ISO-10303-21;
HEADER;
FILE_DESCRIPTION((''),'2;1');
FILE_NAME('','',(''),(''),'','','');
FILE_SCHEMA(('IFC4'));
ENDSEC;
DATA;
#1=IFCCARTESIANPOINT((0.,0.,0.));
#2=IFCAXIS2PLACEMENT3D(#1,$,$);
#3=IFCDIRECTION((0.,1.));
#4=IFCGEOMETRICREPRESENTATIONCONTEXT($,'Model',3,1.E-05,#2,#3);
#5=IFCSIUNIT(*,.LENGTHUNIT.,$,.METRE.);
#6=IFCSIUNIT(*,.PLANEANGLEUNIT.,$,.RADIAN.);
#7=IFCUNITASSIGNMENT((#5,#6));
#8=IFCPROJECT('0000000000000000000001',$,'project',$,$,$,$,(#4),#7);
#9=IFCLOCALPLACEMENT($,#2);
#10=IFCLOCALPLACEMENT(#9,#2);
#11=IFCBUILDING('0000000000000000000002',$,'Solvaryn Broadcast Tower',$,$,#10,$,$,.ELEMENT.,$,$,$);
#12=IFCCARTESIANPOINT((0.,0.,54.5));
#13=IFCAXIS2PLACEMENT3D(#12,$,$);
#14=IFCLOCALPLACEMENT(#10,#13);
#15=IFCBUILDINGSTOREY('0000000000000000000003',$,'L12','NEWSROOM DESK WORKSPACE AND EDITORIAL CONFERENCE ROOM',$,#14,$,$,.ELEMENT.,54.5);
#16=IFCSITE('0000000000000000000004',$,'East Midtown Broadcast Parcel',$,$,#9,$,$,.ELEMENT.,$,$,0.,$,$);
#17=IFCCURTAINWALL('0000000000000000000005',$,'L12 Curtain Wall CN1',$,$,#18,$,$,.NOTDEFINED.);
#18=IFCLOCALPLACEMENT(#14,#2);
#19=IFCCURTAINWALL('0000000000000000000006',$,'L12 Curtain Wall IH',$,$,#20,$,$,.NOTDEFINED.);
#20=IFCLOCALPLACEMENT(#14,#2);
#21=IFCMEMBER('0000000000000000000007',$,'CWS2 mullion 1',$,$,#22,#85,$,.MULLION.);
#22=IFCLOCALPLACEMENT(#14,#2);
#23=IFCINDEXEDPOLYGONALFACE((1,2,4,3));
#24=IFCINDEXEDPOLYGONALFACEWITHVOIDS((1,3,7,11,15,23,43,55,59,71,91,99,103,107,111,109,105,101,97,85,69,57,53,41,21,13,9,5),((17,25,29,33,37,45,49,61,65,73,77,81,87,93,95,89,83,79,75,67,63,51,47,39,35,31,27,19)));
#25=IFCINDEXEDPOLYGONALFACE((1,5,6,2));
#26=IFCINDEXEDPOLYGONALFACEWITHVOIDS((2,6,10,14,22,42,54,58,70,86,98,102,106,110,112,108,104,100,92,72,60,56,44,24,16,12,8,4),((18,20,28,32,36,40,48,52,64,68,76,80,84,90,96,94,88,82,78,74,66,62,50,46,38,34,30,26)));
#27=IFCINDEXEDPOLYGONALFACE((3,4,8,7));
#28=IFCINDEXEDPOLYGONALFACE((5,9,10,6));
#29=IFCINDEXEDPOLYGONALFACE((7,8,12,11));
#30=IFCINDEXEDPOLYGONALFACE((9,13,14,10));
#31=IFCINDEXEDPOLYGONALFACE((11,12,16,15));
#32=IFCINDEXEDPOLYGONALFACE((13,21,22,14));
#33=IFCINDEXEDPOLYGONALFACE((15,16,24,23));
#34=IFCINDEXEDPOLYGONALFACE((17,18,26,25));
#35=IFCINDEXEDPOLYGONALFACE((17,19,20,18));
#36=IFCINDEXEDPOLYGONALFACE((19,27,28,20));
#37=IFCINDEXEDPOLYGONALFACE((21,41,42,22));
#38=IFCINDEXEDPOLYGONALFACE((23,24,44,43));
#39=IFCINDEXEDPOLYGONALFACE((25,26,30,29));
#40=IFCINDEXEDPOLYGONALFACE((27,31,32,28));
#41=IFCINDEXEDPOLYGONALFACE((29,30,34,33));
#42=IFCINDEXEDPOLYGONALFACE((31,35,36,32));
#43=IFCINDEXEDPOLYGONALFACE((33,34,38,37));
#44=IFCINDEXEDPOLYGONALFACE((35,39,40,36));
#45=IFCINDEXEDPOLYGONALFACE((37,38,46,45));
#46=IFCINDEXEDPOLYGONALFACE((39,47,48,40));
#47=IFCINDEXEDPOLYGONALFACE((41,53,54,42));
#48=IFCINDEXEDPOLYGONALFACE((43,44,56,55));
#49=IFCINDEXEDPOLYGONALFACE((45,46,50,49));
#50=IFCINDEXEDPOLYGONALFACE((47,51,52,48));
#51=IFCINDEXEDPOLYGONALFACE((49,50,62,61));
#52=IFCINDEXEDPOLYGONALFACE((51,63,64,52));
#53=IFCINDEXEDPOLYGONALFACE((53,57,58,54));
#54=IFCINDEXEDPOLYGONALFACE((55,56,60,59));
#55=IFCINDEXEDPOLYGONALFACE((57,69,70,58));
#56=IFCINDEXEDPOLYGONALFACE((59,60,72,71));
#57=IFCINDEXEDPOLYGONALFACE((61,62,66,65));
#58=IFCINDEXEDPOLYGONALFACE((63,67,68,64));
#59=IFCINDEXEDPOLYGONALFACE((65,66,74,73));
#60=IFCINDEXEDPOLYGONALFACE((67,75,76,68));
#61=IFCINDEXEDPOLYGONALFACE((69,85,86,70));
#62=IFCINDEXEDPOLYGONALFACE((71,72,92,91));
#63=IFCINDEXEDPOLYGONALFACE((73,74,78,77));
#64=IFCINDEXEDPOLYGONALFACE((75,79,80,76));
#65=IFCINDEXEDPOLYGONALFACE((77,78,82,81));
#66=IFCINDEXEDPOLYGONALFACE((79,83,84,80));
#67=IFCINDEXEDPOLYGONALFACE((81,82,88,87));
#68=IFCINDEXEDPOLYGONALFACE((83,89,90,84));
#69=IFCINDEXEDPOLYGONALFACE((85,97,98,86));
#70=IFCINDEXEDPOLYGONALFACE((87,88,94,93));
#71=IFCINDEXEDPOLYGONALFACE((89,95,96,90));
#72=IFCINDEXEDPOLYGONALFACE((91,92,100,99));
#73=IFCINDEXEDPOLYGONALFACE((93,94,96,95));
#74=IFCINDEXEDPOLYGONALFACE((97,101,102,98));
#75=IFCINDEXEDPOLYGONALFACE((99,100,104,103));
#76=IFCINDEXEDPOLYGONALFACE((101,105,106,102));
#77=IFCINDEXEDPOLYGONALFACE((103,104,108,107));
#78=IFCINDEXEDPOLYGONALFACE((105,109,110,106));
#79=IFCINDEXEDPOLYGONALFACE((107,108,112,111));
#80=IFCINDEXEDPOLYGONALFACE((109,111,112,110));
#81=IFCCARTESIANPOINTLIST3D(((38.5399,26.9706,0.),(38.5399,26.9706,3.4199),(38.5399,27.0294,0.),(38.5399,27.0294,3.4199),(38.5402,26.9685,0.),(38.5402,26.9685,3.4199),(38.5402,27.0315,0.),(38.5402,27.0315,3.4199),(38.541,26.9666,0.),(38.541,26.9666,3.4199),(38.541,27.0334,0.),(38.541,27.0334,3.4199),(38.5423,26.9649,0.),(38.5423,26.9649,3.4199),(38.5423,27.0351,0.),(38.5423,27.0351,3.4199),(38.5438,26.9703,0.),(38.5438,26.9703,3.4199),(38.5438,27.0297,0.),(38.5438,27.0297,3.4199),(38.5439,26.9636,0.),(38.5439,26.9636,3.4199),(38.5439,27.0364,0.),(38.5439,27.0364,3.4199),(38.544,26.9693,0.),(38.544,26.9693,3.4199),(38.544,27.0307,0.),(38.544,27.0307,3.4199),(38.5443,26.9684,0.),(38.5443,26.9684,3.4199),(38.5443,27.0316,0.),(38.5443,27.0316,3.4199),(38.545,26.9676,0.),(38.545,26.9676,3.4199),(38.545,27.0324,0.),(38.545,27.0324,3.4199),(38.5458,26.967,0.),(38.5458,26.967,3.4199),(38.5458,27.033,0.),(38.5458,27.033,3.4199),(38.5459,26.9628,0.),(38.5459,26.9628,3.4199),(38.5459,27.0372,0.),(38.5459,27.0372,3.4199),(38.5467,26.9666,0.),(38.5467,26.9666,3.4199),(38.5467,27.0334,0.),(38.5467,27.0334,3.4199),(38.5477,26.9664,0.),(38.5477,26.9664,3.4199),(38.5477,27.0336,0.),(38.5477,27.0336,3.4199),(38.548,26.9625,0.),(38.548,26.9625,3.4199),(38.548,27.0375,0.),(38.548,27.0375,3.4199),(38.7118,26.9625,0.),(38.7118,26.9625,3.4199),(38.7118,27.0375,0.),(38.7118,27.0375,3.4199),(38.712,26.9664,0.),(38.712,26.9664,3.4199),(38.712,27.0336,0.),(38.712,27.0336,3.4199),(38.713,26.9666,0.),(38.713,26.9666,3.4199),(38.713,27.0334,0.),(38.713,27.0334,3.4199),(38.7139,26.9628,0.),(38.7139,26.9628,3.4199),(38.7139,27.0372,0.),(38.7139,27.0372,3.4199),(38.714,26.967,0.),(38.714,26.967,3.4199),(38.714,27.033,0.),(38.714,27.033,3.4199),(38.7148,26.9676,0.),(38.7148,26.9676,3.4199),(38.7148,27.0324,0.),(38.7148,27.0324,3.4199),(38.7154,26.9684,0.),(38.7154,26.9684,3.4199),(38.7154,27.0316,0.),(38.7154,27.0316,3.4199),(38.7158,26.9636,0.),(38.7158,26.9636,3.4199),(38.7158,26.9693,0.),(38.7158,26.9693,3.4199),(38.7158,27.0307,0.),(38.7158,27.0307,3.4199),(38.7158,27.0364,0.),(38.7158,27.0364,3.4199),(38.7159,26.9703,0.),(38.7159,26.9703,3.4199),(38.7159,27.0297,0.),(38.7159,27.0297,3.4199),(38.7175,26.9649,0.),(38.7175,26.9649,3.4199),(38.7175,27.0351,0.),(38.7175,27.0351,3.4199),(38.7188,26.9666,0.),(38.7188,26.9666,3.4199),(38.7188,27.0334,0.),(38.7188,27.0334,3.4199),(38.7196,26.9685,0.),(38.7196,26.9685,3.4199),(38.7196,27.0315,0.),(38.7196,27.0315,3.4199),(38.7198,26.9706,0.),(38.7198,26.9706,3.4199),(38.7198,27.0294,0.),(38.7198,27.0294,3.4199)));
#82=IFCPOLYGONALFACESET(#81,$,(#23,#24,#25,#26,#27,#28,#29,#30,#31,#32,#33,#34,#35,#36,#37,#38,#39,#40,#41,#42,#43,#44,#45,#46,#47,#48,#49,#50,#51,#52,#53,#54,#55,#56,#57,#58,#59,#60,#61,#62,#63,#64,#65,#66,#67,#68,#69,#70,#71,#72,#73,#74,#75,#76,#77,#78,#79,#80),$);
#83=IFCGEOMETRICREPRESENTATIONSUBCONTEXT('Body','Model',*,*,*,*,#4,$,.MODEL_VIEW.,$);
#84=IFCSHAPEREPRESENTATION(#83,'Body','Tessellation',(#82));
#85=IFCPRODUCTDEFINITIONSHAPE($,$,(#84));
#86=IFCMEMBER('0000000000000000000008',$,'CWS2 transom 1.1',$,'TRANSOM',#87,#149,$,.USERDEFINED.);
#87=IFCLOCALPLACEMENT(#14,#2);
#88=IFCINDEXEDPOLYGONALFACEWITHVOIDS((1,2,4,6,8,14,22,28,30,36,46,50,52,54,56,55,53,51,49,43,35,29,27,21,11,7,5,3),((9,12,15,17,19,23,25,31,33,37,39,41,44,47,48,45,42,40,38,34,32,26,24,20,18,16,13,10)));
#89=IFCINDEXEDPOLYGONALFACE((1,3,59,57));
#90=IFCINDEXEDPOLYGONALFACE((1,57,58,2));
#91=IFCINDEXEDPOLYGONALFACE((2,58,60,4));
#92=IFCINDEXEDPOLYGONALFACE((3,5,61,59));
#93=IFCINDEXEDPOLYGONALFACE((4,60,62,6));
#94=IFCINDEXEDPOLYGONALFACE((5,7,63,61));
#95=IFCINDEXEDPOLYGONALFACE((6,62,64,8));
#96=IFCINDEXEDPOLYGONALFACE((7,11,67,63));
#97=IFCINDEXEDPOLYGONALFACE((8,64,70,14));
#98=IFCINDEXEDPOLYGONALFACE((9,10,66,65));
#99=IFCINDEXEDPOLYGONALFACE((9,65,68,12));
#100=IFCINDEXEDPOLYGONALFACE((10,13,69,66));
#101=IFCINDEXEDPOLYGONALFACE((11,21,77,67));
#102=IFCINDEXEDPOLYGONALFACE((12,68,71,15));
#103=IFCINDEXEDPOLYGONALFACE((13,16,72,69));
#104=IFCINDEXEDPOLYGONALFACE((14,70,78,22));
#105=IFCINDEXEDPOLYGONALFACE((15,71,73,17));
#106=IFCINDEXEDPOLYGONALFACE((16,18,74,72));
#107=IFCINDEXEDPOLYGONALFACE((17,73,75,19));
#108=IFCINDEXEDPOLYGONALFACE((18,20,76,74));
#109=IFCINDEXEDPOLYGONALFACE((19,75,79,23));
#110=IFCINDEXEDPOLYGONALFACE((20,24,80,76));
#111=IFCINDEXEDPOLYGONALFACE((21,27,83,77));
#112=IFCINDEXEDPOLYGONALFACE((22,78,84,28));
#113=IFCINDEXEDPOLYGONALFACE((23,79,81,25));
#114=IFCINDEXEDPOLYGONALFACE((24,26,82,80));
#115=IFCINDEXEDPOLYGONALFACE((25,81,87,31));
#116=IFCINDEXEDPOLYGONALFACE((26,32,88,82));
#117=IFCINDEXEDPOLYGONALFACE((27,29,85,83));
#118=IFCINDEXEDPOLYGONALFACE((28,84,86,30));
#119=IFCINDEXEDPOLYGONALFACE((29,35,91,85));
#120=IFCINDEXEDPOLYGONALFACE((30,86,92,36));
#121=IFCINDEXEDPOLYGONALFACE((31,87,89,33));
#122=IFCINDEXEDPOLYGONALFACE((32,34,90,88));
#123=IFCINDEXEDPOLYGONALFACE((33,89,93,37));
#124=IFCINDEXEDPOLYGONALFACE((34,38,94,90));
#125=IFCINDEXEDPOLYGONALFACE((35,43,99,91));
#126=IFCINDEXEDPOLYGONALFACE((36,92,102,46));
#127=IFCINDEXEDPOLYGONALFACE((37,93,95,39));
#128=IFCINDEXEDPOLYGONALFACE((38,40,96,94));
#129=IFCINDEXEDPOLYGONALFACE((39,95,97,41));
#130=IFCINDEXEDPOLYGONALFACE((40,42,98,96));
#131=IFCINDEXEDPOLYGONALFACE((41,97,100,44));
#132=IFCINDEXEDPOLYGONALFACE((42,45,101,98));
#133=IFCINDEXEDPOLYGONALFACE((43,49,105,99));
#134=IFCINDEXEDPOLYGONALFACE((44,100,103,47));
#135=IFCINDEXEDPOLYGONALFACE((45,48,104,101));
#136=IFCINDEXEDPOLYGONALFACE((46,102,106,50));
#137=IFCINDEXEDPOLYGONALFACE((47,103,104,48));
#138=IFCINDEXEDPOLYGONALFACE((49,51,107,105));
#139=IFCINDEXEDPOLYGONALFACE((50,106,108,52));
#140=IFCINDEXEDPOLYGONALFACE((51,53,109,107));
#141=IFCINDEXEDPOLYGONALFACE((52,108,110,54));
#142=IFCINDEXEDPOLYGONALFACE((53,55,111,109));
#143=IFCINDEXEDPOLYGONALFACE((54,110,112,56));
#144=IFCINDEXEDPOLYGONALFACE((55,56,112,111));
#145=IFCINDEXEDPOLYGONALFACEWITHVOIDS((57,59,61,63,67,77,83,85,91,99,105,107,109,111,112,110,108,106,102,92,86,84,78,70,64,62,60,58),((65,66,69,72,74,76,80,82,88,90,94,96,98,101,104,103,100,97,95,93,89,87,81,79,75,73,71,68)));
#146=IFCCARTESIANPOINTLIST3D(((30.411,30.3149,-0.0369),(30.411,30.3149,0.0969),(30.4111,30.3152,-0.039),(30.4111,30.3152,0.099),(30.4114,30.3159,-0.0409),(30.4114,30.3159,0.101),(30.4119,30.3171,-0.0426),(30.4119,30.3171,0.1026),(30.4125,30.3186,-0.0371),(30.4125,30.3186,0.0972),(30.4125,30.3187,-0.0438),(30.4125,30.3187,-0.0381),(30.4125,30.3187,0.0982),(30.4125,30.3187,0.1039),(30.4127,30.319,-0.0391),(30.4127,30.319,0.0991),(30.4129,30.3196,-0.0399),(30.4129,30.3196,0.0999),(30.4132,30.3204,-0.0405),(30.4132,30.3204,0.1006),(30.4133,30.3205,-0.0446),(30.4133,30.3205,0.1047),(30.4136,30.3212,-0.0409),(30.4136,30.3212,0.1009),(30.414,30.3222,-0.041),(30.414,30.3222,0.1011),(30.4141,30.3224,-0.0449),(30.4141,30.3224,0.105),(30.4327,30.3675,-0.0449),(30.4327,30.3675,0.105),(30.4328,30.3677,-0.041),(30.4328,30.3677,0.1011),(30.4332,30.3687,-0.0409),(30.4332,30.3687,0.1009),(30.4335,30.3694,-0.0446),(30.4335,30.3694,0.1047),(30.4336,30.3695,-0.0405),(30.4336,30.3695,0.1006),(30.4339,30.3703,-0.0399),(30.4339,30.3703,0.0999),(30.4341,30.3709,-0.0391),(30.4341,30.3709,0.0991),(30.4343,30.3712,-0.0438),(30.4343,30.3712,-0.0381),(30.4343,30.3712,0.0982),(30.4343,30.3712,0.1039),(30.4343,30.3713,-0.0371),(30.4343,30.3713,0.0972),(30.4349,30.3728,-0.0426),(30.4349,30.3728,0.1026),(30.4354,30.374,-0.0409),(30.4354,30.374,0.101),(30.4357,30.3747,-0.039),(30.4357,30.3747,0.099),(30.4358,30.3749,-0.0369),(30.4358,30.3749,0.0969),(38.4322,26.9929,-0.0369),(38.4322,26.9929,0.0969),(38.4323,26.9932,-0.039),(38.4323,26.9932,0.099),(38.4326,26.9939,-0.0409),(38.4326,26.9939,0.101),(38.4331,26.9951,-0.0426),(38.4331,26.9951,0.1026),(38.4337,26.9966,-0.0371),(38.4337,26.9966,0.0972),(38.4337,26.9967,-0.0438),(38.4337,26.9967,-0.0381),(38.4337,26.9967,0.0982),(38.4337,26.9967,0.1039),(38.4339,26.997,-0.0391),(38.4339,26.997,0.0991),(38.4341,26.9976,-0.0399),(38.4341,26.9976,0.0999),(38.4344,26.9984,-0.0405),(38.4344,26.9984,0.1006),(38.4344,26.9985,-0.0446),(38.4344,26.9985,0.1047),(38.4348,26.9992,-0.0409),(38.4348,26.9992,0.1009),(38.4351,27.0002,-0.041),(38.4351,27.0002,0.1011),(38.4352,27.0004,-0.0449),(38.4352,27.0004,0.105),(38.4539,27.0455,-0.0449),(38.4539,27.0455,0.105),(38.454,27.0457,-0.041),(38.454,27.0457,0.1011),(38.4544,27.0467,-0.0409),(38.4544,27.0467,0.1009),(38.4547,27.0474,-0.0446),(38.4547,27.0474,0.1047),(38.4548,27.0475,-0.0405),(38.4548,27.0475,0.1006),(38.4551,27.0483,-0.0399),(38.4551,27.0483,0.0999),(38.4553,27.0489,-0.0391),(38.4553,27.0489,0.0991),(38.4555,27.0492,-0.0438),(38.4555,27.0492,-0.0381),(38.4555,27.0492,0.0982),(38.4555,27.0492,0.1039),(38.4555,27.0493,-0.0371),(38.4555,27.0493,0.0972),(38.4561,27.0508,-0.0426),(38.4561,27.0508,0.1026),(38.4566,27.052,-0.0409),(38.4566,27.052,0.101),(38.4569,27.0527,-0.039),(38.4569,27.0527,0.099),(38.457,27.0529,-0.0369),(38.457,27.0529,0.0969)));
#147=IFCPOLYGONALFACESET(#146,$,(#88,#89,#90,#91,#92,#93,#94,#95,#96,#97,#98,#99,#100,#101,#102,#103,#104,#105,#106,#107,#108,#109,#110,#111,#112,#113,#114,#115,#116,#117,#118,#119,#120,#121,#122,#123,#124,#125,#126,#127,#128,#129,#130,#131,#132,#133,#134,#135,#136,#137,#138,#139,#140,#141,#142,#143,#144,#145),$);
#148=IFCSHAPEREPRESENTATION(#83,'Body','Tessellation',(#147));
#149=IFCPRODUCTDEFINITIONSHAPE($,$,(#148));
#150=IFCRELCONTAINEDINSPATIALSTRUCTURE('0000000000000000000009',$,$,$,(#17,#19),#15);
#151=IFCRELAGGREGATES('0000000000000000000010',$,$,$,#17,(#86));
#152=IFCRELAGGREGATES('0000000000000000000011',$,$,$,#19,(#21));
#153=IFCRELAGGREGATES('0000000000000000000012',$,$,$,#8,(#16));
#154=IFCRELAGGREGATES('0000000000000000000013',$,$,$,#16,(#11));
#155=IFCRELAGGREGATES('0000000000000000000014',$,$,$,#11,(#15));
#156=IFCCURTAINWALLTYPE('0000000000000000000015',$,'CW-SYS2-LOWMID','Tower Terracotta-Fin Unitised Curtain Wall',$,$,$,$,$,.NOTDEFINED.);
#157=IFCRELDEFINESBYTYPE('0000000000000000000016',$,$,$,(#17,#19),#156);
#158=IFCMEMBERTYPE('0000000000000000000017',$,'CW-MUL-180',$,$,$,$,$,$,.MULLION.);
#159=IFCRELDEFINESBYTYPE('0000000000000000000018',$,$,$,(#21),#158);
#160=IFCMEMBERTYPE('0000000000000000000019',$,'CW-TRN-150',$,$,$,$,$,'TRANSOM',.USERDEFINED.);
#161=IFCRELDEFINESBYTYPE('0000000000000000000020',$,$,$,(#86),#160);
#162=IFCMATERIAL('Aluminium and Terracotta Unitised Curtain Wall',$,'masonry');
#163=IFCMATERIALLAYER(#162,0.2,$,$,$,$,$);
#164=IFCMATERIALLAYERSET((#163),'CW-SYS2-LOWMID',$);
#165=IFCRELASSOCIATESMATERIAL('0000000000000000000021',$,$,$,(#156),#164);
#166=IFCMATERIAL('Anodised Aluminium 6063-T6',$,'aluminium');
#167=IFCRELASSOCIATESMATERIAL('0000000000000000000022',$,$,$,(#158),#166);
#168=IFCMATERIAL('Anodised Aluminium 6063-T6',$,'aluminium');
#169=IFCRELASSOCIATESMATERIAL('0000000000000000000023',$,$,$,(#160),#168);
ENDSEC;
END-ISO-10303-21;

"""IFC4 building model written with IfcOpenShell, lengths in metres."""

from ifc_helpers import new_model, si_unit, direction, frame, origin, origin_2d, place, context, subcontext, project, spatial, hollow_rectangle, extrude, material, layer, layer_set, material_profile, profile_set, type_object, element, aggregate, save


model = new_model("IFC4")

# Units and contexts
model_context = context("Model", 3, precision=1e-05, world=origin(), true_north=direction((0.0, 1.0)))
body_context = subcontext(model_context, "Body", "Model", "MODEL_VIEW")
ifc_project = project(units=[si_unit("LENGTHUNIT", "METRE"), si_unit("PLANEANGLEUNIT", "RADIAN")], contexts=[model_context])

# Site, building, storey
site_placement = place(None, origin())
site = spatial("IfcSite", under=ifc_project, at=site_placement, Name="East Midtown Broadcast Parcel", CompositionType="ELEMENT", RefElevation=0.0)
building_placement = place(site_placement, origin())
building = spatial("IfcBuilding", under=site, at=building_placement, Name="Solvaryn Broadcast Tower", CompositionType="ELEMENT")
storey_placement = place(building_placement, frame((0.0, 0.0, 54.5)))
storey = spatial("IfcBuildingStorey", under=building, at=storey_placement, Name="L12", Description="NEWSROOM DESK WORKSPACE AND EDITORIAL CONFERENCE ROOM", CompositionType="ELEMENT", Elevation=54.5)

# Curtain walls, member
ifc_material_1 = material(Name="Aluminium and Terracotta Unitised Curtain Wall", Category="masonry")
ifc_layer_1 = layer(ifc_material_1, 0.2)
ifc_layer_set_1 = layer_set([ifc_layer_1], Name="CW-SYS2-LOWMID")
curtain_wall_type = type_object("IfcCurtainWallType", Name="CW-SYS2-LOWMID", Description="Tower Terracotta-Fin Unitised Curtain Wall", PredefinedType="NOTDEFINED", material=ifc_layer_set_1)
curtain_wall_1_placement = place(storey_placement, origin())
curtain_wall_1 = element("IfcCurtainWall", 1, at=curtain_wall_1_placement, inside=storey, type_object=curtain_wall_type, Name="L12 Curtain Wall CN1", PredefinedType="NOTDEFINED")
ifc_material_2 = material(Name="Anodised Aluminium 6063-T6", Category="aluminium")
ifc_material_profile_1 = material_profile(ifc_material_2, hollow_rectangle(XDim=0.075, YDim=0.1799, WallThickness=0.0039, InnerFilletRadius=0.0039, OuterFilletRadius=0.0081, at=origin_2d()))
ifc_profile_set_1 = profile_set([ifc_material_profile_1], Name="Anodised Aluminium 6063-T6")
member_type_1 = type_object("IfcMemberType", Name="CW-MUL-180", PredefinedType="MULLION", material=ifc_profile_set_1)
curtain_wall_2_placement = place(storey_placement, origin())
curtain_wall_2 = element("IfcCurtainWall", 2, at=curtain_wall_2_placement, inside=storey, type_object=curtain_wall_type, Name="L12 Curtain Wall IH", PredefinedType="NOTDEFINED")
member_1_placement = place(storey_placement, frame((38.6299, 27.0, 0.0), z_axis=(0.0, 0.0, 1.0), x_axis=(0.0, 1.0, 0.0)))
member_1 = element("IfcMember", 3, at=member_1_placement, type_object=member_type_1, Name="CWS2 mullion 1", PredefinedType="MULLION", context=body_context, shape_type="SweptSolid", body=[
    extrude(hollow_rectangle(XDim=0.075, YDim=0.1799, WallThickness=0.0039, InnerFilletRadius=0.0039, OuterFilletRadius=0.0081, at=origin_2d()), origin(), (0.0, 0.0, 1.0), 3.4199),
])

# Member
ifc_material_3 = material(Name="Anodised Aluminium 6063-T6", Category="aluminium")
ifc_material_profile_2 = material_profile(ifc_material_3, hollow_rectangle(XDim=0.0649, YDim=0.1499, WallThickness=0.0039, InnerFilletRadius=0.0039, OuterFilletRadius=0.0081, at=origin_2d()))
ifc_profile_set_2 = profile_set([ifc_material_profile_2], Name="Anodised Aluminium 6063-T6")
member_type_2 = type_object("IfcMemberType", Name="CW-TRN-150", ElementType="TRANSOM", PredefinedType="USERDEFINED", material=ifc_profile_set_2)
member_2_placement = place(storey_placement, frame((38.4446, 27.0229, 0.03), z_axis=(-0.923899, 0.382636, 0.0), x_axis=(-0.382636, -0.923899, 0.0)))
member_2 = element("IfcMember", 4, at=member_2_placement, type_object=member_type_2, Name="CWS2 transom 1.1", ObjectType="TRANSOM", PredefinedType="USERDEFINED", context=body_context, shape_type="SweptSolid", body=[
    extrude(hollow_rectangle(XDim=0.0649, YDim=0.1499, WallThickness=0.0039, InnerFilletRadius=0.0039, OuterFilletRadius=0.0081, at=origin_2d()), origin(), (0.0, 0.0, 1.0), 8.6819),
])
aggregate(curtain_wall_1, [member_2])
aggregate(curtain_wall_2, [member_1])

save(model, "model.ifc")
